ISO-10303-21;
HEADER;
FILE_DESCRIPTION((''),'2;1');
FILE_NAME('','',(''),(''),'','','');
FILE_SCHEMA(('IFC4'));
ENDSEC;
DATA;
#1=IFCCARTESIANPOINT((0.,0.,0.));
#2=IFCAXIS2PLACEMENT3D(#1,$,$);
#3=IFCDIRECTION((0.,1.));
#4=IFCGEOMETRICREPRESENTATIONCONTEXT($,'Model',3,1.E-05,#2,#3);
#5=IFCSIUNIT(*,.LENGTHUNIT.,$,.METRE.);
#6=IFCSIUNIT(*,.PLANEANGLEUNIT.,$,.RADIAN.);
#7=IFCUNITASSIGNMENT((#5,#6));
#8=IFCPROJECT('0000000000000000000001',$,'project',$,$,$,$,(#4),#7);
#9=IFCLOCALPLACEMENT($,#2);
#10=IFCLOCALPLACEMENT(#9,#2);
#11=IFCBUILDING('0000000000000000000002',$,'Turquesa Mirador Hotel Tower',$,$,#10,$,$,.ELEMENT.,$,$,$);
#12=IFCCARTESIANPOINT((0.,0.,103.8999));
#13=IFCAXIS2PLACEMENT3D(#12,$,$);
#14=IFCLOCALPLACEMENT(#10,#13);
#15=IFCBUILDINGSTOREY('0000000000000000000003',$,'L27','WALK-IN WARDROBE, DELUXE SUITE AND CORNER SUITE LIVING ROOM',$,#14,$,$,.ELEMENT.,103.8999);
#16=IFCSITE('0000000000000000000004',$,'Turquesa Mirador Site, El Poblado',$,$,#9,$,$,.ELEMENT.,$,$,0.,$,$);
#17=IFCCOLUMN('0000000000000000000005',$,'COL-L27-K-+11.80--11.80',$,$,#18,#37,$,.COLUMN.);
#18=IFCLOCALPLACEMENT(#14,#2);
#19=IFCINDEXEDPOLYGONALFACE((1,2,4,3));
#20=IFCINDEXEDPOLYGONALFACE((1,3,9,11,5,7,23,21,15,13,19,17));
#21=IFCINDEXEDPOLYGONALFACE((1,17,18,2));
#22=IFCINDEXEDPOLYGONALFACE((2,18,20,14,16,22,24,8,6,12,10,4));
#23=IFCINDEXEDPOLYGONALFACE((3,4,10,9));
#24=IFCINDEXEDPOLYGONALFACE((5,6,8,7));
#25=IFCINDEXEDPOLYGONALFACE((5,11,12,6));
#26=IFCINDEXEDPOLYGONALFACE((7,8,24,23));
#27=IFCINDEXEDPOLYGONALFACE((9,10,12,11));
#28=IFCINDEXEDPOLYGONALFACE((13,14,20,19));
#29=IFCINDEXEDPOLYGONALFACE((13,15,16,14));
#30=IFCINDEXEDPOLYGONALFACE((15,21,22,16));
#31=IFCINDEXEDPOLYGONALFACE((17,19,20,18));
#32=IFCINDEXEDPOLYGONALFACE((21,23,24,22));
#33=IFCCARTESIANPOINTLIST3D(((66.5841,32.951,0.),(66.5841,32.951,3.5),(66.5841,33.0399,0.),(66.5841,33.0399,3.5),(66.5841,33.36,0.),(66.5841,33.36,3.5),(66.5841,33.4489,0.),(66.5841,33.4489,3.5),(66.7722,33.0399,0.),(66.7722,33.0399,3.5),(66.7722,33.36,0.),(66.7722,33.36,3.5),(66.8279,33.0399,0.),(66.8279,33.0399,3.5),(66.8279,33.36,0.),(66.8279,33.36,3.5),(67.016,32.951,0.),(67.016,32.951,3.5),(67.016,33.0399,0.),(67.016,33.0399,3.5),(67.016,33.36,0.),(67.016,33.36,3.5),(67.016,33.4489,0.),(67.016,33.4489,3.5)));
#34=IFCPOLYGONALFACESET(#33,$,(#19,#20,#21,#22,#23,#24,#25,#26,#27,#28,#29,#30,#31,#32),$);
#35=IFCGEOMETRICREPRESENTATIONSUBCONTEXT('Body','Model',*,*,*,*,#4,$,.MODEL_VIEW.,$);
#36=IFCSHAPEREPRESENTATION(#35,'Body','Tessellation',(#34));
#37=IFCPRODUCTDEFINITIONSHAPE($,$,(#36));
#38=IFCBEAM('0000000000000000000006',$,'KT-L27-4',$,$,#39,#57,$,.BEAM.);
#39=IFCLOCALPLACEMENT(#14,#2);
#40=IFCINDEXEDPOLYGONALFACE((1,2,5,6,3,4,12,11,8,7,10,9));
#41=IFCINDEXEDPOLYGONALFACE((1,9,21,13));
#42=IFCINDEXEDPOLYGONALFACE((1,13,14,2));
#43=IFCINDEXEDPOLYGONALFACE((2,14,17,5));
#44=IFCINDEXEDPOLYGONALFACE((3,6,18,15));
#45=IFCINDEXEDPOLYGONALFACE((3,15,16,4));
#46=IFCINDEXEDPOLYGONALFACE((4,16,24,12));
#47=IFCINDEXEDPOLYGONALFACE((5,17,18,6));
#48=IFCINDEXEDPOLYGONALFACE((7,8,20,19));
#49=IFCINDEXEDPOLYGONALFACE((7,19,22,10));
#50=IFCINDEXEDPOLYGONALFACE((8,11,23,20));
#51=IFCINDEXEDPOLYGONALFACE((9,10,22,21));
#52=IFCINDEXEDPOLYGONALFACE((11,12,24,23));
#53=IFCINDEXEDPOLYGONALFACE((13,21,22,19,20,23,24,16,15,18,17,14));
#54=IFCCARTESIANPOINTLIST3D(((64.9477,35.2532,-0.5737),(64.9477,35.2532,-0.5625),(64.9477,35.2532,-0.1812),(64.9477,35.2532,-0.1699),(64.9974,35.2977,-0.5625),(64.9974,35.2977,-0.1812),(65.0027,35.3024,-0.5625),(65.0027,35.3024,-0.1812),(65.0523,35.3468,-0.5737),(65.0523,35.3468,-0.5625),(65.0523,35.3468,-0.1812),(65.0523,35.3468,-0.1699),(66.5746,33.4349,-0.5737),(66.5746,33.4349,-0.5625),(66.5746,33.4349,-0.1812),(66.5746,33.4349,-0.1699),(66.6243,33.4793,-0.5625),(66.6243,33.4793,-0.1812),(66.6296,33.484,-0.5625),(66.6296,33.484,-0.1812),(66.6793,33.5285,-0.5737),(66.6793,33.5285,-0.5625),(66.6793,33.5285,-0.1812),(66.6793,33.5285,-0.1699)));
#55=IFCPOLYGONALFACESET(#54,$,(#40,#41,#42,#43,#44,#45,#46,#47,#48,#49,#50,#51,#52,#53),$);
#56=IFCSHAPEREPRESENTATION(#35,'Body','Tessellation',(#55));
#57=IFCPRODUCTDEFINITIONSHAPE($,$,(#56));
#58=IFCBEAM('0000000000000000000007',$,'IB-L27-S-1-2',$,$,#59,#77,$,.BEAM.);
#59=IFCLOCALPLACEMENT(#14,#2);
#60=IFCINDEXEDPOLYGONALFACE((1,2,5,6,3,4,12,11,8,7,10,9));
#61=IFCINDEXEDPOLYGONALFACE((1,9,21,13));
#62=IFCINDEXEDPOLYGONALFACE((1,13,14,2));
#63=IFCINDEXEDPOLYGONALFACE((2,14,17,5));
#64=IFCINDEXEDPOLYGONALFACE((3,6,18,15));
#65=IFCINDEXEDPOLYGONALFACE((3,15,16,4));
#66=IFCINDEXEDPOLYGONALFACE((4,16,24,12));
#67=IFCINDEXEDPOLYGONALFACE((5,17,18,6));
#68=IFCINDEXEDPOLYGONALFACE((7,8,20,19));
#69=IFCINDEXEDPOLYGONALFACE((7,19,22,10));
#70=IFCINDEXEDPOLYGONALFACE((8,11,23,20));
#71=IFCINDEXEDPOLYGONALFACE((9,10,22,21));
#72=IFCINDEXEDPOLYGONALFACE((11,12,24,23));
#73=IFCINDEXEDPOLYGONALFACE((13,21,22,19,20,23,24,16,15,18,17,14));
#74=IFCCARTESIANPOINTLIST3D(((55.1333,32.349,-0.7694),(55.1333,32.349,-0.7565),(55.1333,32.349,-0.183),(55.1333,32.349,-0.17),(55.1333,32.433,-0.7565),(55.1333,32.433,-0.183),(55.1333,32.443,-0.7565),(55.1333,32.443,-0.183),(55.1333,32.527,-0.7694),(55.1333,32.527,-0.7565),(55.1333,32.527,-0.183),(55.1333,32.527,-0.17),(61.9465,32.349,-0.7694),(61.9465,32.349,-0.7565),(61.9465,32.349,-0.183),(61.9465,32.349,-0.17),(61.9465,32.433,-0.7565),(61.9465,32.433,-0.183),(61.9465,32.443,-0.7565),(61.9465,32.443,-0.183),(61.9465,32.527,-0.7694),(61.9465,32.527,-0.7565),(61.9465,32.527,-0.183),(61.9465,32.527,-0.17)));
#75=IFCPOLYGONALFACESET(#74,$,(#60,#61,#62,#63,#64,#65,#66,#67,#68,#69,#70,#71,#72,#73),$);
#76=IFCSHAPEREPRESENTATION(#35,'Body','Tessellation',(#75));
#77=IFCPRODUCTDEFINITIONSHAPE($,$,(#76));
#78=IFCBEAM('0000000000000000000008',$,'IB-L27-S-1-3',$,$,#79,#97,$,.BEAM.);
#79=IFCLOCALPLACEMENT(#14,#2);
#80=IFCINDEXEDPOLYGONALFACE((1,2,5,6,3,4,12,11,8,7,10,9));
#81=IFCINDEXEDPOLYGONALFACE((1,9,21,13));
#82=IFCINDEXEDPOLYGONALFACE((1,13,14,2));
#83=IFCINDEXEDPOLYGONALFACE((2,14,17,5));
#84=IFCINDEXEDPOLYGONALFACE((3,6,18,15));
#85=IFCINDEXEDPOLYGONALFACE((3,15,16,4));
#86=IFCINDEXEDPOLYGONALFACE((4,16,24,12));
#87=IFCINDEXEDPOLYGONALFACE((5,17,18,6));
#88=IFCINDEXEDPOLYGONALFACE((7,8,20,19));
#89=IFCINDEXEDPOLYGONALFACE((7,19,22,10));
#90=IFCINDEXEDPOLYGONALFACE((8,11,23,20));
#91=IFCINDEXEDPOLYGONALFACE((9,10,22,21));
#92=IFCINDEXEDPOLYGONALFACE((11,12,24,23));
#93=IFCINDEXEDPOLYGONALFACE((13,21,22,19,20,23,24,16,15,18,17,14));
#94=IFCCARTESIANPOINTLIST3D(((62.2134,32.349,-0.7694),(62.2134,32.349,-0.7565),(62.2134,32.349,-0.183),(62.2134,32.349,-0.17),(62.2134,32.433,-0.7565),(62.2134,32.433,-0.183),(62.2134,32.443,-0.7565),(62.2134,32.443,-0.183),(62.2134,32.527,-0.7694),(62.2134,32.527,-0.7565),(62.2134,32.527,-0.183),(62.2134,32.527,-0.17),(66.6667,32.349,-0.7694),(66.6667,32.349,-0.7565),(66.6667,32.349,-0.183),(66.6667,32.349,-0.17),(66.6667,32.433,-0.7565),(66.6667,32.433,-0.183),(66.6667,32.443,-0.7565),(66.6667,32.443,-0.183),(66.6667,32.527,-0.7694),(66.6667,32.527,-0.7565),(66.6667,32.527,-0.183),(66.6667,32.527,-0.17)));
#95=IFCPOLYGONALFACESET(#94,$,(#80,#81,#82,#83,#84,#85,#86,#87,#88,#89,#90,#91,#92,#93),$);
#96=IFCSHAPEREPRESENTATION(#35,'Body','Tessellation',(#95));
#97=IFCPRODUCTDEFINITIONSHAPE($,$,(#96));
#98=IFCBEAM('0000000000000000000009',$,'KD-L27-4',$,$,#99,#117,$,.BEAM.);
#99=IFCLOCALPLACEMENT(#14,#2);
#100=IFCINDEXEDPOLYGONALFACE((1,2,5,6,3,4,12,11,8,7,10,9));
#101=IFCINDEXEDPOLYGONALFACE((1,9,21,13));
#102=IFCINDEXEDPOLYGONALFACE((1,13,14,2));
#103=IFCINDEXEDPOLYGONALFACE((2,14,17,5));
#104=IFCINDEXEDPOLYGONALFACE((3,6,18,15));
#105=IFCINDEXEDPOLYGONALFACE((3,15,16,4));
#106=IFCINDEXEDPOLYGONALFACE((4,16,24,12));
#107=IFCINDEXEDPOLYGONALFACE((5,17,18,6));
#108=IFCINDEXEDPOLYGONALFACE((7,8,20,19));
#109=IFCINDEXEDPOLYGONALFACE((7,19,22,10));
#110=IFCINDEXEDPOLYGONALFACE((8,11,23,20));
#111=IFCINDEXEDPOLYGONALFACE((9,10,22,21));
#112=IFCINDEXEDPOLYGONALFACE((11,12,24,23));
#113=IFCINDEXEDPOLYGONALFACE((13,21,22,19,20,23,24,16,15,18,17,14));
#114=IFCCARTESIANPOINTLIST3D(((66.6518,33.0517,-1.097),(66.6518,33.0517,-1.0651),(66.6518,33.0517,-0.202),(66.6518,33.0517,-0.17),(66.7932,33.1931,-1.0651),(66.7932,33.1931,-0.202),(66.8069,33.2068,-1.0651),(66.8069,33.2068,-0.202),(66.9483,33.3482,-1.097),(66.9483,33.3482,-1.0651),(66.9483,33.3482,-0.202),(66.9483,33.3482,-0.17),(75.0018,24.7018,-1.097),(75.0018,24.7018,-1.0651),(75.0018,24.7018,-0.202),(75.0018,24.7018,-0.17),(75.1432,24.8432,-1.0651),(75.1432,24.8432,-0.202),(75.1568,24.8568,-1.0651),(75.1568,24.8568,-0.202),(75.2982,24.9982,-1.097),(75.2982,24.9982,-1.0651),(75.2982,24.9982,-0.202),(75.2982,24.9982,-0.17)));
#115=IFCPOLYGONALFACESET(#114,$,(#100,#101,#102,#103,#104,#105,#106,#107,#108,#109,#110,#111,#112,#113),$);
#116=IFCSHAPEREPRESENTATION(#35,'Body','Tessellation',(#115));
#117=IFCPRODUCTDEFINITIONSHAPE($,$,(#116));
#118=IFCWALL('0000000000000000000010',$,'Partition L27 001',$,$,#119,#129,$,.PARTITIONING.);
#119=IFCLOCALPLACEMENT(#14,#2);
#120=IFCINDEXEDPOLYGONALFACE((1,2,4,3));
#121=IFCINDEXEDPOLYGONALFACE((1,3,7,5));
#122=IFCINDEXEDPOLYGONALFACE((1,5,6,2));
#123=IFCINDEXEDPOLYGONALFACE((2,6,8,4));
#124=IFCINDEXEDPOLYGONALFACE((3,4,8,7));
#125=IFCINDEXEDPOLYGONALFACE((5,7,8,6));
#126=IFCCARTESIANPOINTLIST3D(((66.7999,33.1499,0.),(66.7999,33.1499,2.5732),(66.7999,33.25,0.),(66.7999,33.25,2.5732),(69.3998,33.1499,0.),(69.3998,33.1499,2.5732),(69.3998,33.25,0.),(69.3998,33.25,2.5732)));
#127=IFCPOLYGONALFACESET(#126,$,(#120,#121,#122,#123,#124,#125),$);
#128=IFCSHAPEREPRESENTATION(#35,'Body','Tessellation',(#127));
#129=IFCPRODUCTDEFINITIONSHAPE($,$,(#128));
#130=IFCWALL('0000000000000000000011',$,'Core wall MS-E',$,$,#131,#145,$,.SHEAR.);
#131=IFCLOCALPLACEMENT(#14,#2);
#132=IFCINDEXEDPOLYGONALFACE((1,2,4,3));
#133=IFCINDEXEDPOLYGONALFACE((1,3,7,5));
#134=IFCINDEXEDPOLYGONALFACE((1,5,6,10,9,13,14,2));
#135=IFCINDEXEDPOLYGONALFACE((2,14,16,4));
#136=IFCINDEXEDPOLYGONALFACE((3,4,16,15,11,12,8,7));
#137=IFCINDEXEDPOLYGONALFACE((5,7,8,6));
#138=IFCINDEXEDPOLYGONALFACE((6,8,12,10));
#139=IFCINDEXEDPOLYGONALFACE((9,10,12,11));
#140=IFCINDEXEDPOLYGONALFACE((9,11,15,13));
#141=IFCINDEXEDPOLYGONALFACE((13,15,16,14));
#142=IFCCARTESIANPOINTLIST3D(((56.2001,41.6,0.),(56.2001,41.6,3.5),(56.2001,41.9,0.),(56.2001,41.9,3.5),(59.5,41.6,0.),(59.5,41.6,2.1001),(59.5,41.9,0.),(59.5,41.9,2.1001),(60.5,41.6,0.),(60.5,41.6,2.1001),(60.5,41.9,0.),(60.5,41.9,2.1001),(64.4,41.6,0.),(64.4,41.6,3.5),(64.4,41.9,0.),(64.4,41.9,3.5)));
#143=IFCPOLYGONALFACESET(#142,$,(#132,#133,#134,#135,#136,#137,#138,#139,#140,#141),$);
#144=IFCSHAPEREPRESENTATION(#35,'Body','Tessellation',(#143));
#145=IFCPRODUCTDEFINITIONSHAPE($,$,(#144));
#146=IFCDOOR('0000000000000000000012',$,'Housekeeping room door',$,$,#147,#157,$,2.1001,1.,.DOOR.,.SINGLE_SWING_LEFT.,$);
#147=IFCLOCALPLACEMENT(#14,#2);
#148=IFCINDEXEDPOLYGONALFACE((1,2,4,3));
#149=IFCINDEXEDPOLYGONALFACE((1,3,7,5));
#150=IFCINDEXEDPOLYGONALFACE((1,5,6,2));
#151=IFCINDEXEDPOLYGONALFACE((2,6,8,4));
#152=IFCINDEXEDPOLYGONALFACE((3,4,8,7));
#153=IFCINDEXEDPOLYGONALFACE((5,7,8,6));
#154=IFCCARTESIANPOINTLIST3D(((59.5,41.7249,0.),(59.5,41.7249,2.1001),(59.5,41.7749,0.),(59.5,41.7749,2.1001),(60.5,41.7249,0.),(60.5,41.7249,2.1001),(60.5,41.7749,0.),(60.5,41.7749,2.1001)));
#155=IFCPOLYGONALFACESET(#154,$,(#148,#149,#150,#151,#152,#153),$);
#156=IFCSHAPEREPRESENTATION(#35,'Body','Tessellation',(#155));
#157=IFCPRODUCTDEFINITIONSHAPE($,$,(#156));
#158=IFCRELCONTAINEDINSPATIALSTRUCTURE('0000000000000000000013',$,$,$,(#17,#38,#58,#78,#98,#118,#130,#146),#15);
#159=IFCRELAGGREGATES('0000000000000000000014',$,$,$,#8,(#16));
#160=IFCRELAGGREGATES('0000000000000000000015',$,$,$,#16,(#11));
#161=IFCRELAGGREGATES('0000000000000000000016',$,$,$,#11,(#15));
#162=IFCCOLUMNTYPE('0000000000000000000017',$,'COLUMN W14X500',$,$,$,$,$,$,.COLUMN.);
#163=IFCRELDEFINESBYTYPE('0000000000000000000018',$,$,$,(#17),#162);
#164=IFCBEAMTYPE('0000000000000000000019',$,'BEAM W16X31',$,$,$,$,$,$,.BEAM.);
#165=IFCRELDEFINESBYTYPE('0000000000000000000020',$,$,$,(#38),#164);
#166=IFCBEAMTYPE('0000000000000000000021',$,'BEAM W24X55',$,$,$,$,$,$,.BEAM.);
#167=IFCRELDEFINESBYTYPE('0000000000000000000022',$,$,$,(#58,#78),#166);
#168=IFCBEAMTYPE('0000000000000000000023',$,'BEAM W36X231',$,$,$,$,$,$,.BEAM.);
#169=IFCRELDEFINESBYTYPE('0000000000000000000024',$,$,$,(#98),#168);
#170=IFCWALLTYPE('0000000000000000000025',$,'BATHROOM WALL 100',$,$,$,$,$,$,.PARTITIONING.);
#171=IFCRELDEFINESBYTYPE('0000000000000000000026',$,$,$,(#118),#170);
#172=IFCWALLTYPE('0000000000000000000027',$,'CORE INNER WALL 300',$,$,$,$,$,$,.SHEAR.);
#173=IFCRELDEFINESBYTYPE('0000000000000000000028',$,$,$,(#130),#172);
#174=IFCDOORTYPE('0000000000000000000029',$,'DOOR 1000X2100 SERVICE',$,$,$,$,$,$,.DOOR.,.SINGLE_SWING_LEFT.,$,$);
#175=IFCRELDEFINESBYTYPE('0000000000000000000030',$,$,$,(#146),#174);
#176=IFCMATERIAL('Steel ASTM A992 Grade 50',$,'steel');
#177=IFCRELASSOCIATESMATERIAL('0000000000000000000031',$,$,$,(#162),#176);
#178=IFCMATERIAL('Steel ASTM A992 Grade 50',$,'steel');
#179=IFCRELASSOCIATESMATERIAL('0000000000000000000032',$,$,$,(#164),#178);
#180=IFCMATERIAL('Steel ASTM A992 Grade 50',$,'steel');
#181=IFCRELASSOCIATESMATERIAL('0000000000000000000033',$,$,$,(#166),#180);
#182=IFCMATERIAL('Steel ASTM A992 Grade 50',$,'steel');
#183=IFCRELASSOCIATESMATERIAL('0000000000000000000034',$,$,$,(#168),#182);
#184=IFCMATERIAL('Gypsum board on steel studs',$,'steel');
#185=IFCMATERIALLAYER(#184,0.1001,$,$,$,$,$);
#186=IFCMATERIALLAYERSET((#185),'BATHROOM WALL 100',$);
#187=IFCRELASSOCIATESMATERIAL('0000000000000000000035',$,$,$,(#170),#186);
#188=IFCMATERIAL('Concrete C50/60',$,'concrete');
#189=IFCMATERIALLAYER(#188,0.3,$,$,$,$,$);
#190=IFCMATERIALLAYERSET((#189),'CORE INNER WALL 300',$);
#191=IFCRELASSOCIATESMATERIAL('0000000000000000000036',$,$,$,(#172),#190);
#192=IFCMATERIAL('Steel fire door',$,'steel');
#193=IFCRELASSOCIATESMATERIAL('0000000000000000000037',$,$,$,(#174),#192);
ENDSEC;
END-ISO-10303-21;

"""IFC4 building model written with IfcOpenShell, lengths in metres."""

from ifc_helpers import new_model, si_unit, direction, frame, frame_2d, origin, origin_2d, place, context, subcontext, project, spatial, rectangle, i_section, extrude, material, layer, layer_set, material_profile, profile_set, type_object, element, fill, save


model = new_model("IFC4")

# Units and contexts
model_context = context("Model", 3, precision=1e-05, world=origin(), true_north=direction((0.0, 1.0)))
body_context = subcontext(model_context, "Body", "Model", "MODEL_VIEW")
ifc_project = project(units=[si_unit("LENGTHUNIT", "METRE"), si_unit("PLANEANGLEUNIT", "RADIAN")], contexts=[model_context])

# Site, building, storey
site_placement = place(None, origin())
site = spatial("IfcSite", under=ifc_project, at=site_placement, Name="Turquesa Mirador Site, El Poblado", CompositionType="ELEMENT", RefElevation=0.0)
building_placement = place(site_placement, origin())
building = spatial("IfcBuilding", under=site, at=building_placement, Name="Turquesa Mirador Hotel Tower", CompositionType="ELEMENT")
storey_placement = place(building_placement, frame((0.0, 0.0, 103.8999)))
storey = spatial("IfcBuildingStorey", under=building, at=storey_placement, Name="L27", Description="WALK-IN WARDROBE, DELUXE SUITE AND CORNER SUITE LIVING ROOM", CompositionType="ELEMENT", Elevation=103.8999)

# Column
ifc_material_1 = material(Name="Steel ASTM A992 Grade 50", Category="steel")
ifc_material_profile_1 = material_profile(ifc_material_1, i_section(OverallWidth=0.4319, OverallDepth=0.4978, WebThickness=0.0557, FlangeThickness=0.0889, at=origin_2d()), Name="W14X500")
ifc_profile_set_1 = profile_set([ifc_material_profile_1], Name="Steel ASTM A992 Grade 50")
column_type = type_object("IfcColumnType", Name="COLUMN W14X500", PredefinedType="COLUMN", material=ifc_profile_set_1)
column_placement = place(storey_placement, frame((66.8, 33.2, 0.0), z_axis=(0.0, 0.0, 1.0), x_axis=(1.0, 0.0, 0.0)))
element("IfcColumn", 1, at=column_placement, inside=storey, type_object=column_type, Name="COL-L27-K-+11.80--11.80", PredefinedType="COLUMN", context=body_context, shape_type="SweptSolid", body=[
    extrude(i_section(OverallWidth=0.4319, OverallDepth=0.4978, WebThickness=0.0557, FlangeThickness=0.0889, at=origin_2d()), origin(), (0.0, 0.0, 1.0), 3.5),
])

# Beams
ifc_material_2 = material(Name="Steel ASTM A992 Grade 50", Category="steel")
ifc_material_profile_2 = material_profile(ifc_material_2, i_section(OverallWidth=0.1404, OverallDepth=0.4038, WebThickness=0.0071, FlangeThickness=0.0112, at=origin_2d()), Name="W16X31")
ifc_profile_set_2 = profile_set([ifc_material_profile_2], Name="Steel ASTM A992 Grade 50")
beam_type_1 = type_object("IfcBeamType", Name="BEAM W16X31", PredefinedType="BEAM", material=ifc_profile_set_2)
beam_1_placement = place(storey_placement, frame((66.627, 33.4817, -0.3718), z_axis=(-0.666795, 0.745241, 0.0), x_axis=(-0.745241, -0.666795, 0.0)))
element("IfcBeam", 2, at=beam_1_placement, inside=storey, type_object=beam_type_1, Name="KT-L27-4", PredefinedType="BEAM", context=body_context, shape_type="SweptSolid", body=[
    extrude(i_section(OverallWidth=0.1404, OverallDepth=0.4038, WebThickness=0.0071, FlangeThickness=0.0112, at=origin_2d()), origin(), (0.0, 0.0, 1.0), 2.4399),
])
ifc_material_3 = material(Name="Steel ASTM A992 Grade 50", Category="steel")
ifc_material_profile_3 = material_profile(ifc_material_3, i_section(OverallWidth=0.178, OverallDepth=0.5994, WebThickness=0.01, FlangeThickness=0.0129, at=origin_2d()), Name="W24X55")
ifc_profile_set_3 = profile_set([ifc_material_profile_3], Name="Steel ASTM A992 Grade 50")
beam_type_2 = type_object("IfcBeamType", Name="BEAM W24X55", PredefinedType="BEAM", material=ifc_profile_set_3)
beam_2_placement = place(storey_placement, frame((55.1333, 32.438, -0.4697), z_axis=(1.0, 0.0, 0.0), x_axis=(0.0, 1.0, 0.0)))
element("IfcBeam", 3, at=beam_2_placement, inside=storey, type_object=beam_type_2, Name="IB-L27-S-1-2", PredefinedType="BEAM", context=body_context, shape_type="SweptSolid", body=[
    extrude(i_section(OverallWidth=0.178, OverallDepth=0.5994, WebThickness=0.01, FlangeThickness=0.0129, at=origin_2d()), origin(), (0.0, 0.0, 1.0), 6.8132),
])
beam_3_placement = place(storey_placement, frame((62.2134, 32.438, -0.4697), z_axis=(1.0, 0.0, 0.0), x_axis=(0.0, 1.0, 0.0)))
element("IfcBeam", 4, at=beam_3_placement, inside=storey, type_object=beam_type_2, Name="IB-L27-S-1-3", PredefinedType="BEAM", context=body_context, shape_type="SweptSolid", body=[
    extrude(i_section(OverallWidth=0.178, OverallDepth=0.5994, WebThickness=0.01, FlangeThickness=0.0129, at=origin_2d()), origin(), (0.0, 0.0, 1.0), 4.4534),
])
ifc_material_4 = material(Name="Steel ASTM A992 Grade 50", Category="steel")
ifc_material_profile_4 = material_profile(ifc_material_4, i_section(OverallWidth=0.4192, OverallDepth=0.927, WebThickness=0.0193, FlangeThickness=0.032, at=origin_2d()), Name="W36X231")
ifc_profile_set_4 = profile_set([ifc_material_profile_4], Name="Steel ASTM A992 Grade 50")
beam_type_3 = type_object("IfcBeamType", Name="BEAM W36X231", PredefinedType="BEAM", material=ifc_profile_set_4)
beam_4_placement = place(storey_placement, frame((66.8, 33.2, -0.6335), z_axis=(0.707107, -0.707107, 0.0), x_axis=(0.707107, 0.707107, 0.0)))
element("IfcBeam", 5, at=beam_4_placement, inside=storey, type_object=beam_type_3, Name="KD-L27-4", PredefinedType="BEAM", context=body_context, shape_type="SweptSolid", body=[
    extrude(i_section(OverallWidth=0.4192, OverallDepth=0.927, WebThickness=0.0193, FlangeThickness=0.032, at=origin_2d()), origin(), (0.0, 0.0, 1.0), 11.8086),
])

# Wall
ifc_material_5 = material(Name="Gypsum board on steel studs", Category="steel")
ifc_layer_1 = layer(ifc_material_5, 0.1001)
ifc_layer_set_1 = layer_set([ifc_layer_1], Name="BATHROOM WALL 100")
wall_type_1 = type_object("IfcWallType", Name="BATHROOM WALL 100", PredefinedType="PARTITIONING", material=ifc_layer_set_1)
wall_1_placement = place(storey_placement, frame((66.8, 33.2, 0.0), z_axis=(0.0, 0.0, 1.0), x_axis=(1.0, 0.0, 0.0)))
element("IfcWall", 6, at=wall_1_placement, inside=storey, type_object=wall_type_1, Name="Partition L27 001", PredefinedType="PARTITIONING", context=body_context, shape_type="SweptSolid", body=[
    extrude(rectangle(XDim=2.5999, YDim=0.1001, at=frame_2d((1.2998, 0.0))), origin(), (0.0, 0.0, 1.0), 2.5732),
])

# Wall, opening, door
ifc_material_6 = material(Name="Concrete C50/60", Category="concrete")
ifc_layer_2 = layer(ifc_material_6, 0.3)
ifc_layer_set_2 = layer_set([ifc_layer_2], Name="CORE INNER WALL 300")
wall_type_2 = type_object("IfcWallType", Name="CORE INNER WALL 300", PredefinedType="SHEAR", material=ifc_layer_set_2)
wall_2_placement = place(storey_placement, frame((56.2, 41.75, 0.0), z_axis=(0.0, 0.0, 1.0), x_axis=(1.0, 0.0, 0.0)))
wall_2 = element("IfcWall", 7, at=wall_2_placement, inside=storey, type_object=wall_type_2, Name="Core wall MS-E", PredefinedType="SHEAR", context=body_context, shape_type="SweptSolid", body=[
    extrude(rectangle(XDim=8.2, YDim=0.3, at=frame_2d((4.1001, 0.0))), origin(), (0.0, 0.0, 1.0), 3.5),
])
opening_1_placement = place(wall_2_placement, frame((3.3, 0.0, 0.0)))
opening_1 = element("IfcOpeningElement", 8, at=opening_1_placement, cuts=wall_2, PredefinedType="OPENING", context=body_context, shape_type="SweptSolid", body=[
    extrude(rectangle(XDim=1.0, YDim=2.1001, at=frame_2d((0.5, 1.05))), frame((0.0, 0.1599, 0.0), z_axis=(0.0, -1.0, 0.0), x_axis=(1.0, 0.0, 0.0)), (0.0, 0.0, 1.0), 0.3201),
])
ifc_material_7 = material(Name="Steel fire door", Category="steel")
door_type_1 = type_object("IfcDoorType", Name="DOOR 1000X2100 SERVICE", OperationType="SINGLE_SWING_LEFT", PredefinedType="DOOR", material=ifc_material_7)
door_1_placement = place(opening_1_placement, origin())
door_1 = element("IfcDoor", 9, at=door_1_placement, inside=storey, type_object=door_type_1, Name="Housekeeping room door", OperationType="SINGLE_SWING_LEFT", OverallHeight=2.1001, OverallWidth=1.0, PredefinedType="DOOR", context=body_context, shape_type="SweptSolid", body=[
    extrude(rectangle(XDim=1.0, YDim=2.1001, at=frame_2d((0.5, 1.05))), frame((0.0, 0.0249, 0.0), z_axis=(0.0, -1.0, 0.0), x_axis=(1.0, 0.0, 0.0)), (0.0, 0.0, 1.0), 0.05),
])
fill(opening_1, door_1)

save(model, "model.ifc")
